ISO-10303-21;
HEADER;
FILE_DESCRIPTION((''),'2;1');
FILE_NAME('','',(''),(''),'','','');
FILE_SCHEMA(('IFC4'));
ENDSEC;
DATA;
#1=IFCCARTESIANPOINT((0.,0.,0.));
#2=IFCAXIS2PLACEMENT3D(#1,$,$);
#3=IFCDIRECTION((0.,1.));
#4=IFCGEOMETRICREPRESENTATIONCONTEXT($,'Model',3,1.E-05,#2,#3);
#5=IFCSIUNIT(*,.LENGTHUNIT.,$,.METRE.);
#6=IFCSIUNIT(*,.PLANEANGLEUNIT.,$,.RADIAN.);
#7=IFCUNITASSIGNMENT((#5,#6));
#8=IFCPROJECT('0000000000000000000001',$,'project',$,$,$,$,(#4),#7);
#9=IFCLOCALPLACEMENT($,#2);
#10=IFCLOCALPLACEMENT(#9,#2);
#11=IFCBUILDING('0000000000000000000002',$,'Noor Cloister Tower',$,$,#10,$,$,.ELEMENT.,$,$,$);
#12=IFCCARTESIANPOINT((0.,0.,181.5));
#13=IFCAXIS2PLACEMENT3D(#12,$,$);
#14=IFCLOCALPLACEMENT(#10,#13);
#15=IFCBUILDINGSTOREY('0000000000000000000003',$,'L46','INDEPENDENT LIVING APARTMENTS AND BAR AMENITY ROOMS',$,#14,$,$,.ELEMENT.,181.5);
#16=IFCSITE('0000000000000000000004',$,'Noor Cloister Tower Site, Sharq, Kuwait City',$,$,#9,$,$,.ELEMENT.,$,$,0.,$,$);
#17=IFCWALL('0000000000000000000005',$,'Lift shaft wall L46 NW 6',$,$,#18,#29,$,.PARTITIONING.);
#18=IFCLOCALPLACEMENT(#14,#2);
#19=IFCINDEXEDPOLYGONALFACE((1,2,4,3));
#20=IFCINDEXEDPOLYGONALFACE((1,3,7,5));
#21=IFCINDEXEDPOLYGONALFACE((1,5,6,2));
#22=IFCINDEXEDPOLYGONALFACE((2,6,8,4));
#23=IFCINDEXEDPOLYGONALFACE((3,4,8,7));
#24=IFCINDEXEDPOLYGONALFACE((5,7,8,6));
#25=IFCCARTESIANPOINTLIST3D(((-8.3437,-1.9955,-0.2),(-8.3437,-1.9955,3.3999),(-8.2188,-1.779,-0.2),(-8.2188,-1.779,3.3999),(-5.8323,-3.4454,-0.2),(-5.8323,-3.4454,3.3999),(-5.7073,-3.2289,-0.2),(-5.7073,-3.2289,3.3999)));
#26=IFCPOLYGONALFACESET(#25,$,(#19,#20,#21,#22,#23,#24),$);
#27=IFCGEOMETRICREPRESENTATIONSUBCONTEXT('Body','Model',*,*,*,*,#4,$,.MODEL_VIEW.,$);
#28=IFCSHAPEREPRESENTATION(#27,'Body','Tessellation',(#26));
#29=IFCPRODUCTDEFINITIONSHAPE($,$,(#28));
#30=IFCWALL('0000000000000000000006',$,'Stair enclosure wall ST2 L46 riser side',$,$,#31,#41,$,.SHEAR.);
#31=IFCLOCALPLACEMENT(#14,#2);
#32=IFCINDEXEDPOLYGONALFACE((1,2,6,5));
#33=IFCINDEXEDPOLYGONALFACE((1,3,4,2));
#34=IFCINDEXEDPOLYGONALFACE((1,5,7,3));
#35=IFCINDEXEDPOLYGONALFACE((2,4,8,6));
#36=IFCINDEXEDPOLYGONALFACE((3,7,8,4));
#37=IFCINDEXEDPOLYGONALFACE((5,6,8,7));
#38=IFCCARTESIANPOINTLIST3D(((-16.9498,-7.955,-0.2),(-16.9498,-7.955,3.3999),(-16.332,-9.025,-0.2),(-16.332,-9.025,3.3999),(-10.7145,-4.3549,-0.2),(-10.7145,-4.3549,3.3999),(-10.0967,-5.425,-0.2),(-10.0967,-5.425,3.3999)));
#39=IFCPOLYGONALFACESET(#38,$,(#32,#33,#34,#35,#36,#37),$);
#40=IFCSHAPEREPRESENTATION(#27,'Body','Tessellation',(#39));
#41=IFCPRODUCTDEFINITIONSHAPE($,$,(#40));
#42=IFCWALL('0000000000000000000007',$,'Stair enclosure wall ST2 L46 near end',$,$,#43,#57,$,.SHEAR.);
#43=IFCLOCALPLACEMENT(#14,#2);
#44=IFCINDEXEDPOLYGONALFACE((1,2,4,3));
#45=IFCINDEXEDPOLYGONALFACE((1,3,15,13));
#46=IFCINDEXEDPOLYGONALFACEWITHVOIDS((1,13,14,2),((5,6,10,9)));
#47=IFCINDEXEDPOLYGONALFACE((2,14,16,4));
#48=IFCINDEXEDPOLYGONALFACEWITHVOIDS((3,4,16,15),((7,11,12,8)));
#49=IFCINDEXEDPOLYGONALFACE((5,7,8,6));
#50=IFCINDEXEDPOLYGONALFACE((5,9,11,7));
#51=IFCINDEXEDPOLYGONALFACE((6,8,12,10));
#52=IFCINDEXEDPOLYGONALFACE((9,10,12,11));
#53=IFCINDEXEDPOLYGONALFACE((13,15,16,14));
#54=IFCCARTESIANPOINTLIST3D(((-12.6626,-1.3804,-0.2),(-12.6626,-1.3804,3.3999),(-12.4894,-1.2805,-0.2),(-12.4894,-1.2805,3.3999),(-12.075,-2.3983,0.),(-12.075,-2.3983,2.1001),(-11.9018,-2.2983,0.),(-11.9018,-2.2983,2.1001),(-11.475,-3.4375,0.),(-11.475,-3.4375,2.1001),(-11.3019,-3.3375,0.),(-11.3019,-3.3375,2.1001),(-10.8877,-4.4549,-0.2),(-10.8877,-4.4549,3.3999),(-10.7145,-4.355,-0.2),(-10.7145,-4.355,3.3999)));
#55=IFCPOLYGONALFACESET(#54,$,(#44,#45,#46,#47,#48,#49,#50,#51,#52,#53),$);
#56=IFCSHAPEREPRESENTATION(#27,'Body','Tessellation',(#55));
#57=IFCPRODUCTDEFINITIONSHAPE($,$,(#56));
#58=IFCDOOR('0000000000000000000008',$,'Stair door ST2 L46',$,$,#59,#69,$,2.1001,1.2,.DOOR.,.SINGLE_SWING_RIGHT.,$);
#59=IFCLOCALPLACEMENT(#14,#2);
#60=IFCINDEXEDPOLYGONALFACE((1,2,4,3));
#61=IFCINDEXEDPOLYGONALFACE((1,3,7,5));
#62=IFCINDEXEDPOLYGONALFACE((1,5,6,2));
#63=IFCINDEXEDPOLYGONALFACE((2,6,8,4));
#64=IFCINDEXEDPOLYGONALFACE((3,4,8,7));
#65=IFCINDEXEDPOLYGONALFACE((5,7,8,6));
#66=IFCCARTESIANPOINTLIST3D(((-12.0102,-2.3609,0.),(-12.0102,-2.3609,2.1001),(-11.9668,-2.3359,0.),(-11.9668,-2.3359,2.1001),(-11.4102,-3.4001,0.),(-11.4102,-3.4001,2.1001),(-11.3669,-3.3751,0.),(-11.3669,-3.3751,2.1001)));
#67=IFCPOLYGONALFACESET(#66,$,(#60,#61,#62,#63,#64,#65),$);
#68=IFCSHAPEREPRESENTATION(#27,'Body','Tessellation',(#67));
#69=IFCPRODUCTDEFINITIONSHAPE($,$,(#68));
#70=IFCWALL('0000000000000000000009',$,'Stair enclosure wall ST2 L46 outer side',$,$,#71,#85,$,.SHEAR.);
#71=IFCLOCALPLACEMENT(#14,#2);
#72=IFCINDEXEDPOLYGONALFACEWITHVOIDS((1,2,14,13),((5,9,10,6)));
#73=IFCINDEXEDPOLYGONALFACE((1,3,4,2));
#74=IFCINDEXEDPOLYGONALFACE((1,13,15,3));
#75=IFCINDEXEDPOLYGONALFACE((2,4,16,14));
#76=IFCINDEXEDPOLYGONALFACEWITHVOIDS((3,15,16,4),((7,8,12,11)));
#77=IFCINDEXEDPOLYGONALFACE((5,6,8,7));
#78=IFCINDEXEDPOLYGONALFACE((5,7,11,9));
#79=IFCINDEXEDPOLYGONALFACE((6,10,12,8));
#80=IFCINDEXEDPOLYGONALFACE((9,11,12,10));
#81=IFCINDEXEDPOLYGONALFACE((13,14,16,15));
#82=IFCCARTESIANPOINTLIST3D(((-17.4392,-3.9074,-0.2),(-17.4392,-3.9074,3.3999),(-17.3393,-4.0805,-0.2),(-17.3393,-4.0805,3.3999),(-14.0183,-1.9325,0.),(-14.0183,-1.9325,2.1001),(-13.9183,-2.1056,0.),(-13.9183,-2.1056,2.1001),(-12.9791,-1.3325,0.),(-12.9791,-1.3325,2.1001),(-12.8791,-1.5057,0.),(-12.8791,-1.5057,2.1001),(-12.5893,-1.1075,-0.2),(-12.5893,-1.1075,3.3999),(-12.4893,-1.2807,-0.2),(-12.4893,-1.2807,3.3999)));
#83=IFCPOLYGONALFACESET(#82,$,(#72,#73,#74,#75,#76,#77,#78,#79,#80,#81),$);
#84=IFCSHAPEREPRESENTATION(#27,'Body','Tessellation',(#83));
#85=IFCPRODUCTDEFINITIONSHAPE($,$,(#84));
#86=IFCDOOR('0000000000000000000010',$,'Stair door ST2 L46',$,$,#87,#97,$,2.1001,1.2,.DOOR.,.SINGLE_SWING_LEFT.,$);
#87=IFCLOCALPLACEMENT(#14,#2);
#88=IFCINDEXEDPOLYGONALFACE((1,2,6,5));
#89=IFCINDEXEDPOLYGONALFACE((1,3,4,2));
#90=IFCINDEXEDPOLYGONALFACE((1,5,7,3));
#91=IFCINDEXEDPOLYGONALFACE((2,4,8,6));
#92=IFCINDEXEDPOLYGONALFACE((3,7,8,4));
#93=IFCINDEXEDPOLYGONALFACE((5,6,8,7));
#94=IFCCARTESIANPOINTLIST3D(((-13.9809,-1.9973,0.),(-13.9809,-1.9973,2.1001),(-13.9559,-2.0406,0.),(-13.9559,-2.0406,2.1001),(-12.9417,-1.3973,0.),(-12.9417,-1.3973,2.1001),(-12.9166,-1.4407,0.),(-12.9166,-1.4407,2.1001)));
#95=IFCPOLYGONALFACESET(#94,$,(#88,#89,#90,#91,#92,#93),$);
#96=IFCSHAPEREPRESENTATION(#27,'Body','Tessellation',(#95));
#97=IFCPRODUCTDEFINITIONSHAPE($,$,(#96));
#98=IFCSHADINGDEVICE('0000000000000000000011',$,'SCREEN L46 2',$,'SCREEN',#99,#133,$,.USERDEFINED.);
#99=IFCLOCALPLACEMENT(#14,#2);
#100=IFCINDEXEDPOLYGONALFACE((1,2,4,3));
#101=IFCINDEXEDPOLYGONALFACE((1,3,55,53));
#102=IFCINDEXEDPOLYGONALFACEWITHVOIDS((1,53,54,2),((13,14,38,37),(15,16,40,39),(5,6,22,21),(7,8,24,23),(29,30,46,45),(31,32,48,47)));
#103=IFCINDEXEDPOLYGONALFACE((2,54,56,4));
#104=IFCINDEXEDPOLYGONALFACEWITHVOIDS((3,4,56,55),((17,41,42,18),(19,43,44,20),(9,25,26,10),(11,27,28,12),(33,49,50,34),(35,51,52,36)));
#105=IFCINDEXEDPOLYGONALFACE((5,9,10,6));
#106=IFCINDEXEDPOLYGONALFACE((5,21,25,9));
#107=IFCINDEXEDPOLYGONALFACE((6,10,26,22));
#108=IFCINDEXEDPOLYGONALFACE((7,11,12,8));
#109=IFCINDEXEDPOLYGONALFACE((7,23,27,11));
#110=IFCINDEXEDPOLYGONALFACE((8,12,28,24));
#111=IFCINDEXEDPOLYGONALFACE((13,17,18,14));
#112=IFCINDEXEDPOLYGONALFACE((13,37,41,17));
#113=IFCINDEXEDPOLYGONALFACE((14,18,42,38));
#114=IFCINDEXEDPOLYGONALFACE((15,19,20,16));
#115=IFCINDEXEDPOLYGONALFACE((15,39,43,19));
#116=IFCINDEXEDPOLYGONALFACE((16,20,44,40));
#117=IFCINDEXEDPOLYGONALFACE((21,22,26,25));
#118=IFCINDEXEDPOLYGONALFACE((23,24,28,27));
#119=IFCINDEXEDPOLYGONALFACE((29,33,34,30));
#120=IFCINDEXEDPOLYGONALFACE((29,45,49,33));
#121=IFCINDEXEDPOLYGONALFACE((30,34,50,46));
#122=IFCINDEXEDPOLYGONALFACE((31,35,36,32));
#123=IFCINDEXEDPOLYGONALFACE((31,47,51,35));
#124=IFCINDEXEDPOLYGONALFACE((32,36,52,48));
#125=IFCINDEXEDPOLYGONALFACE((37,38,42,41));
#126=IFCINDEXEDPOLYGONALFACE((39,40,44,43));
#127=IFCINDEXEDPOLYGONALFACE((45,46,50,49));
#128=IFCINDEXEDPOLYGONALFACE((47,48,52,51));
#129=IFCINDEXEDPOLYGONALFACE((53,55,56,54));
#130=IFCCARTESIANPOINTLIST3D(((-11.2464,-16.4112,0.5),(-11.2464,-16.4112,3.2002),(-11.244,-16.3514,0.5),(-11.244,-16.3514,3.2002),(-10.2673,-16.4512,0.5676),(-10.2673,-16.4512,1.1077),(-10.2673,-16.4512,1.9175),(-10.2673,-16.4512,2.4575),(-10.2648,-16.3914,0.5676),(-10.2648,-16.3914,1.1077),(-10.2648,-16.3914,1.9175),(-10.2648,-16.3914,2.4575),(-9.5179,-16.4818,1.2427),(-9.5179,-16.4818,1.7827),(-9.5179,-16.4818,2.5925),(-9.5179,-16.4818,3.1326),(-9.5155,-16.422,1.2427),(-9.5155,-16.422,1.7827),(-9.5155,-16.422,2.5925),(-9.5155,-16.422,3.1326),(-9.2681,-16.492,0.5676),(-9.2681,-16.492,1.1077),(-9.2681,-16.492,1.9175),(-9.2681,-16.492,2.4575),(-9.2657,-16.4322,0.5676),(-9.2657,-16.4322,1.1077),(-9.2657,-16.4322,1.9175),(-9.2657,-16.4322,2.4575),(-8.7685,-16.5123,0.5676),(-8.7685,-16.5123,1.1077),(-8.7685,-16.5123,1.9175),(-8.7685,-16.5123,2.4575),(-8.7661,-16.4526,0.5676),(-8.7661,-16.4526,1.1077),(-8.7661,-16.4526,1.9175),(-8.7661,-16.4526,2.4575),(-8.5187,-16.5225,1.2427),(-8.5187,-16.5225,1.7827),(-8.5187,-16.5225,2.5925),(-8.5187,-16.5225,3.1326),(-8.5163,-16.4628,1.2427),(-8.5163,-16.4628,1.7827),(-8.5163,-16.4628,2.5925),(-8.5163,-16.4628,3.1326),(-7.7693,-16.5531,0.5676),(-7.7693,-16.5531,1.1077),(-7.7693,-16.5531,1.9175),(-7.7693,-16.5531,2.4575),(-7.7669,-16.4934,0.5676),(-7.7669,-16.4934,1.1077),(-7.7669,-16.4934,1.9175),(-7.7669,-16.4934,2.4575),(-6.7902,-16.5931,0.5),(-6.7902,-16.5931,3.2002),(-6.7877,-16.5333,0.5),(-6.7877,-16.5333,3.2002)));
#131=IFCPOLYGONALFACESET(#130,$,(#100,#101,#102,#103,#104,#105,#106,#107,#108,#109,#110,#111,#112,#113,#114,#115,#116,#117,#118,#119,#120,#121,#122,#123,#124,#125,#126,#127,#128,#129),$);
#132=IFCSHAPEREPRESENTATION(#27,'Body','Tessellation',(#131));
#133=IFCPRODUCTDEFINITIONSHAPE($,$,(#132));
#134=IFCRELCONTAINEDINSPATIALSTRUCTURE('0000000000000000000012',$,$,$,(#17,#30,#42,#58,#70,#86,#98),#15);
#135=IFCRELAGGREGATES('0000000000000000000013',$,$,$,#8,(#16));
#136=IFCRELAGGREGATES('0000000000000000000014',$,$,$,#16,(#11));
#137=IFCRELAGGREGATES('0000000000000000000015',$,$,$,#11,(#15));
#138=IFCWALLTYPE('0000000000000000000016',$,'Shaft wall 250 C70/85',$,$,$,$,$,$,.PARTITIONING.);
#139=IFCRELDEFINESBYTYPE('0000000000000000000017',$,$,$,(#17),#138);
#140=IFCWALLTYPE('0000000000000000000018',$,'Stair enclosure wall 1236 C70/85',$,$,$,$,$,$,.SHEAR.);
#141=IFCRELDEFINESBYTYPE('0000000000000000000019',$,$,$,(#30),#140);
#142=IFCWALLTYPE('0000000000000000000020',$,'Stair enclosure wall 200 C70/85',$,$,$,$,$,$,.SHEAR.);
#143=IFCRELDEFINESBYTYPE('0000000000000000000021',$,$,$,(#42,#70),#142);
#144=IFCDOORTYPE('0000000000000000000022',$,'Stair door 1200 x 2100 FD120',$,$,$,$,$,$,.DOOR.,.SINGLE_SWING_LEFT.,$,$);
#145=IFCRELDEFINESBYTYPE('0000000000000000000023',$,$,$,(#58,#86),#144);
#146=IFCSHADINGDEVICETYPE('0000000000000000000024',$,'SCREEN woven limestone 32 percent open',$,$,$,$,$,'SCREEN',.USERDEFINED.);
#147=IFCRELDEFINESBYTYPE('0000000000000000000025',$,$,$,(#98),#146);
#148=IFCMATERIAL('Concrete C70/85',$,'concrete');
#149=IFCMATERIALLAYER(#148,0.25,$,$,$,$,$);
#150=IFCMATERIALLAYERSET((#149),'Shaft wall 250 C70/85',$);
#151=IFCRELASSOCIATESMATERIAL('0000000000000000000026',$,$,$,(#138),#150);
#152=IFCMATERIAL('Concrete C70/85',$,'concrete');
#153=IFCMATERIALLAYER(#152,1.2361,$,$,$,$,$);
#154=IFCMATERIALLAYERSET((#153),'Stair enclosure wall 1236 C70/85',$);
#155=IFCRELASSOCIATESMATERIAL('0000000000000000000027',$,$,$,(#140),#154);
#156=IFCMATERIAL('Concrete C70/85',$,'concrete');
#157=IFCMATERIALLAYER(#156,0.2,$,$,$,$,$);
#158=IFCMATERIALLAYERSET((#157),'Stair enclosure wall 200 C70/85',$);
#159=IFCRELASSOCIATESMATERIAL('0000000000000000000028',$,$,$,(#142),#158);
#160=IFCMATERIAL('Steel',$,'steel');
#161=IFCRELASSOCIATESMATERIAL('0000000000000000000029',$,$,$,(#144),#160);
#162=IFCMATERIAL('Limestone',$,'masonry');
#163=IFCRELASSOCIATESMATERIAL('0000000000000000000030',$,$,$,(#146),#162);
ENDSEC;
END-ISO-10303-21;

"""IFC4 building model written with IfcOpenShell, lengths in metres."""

from ifc_helpers import new_model, si_unit, direction, frame, frame_2d, origin, place, context, subcontext, project, spatial, polyline, rectangle, outline, extrude, material, layer, layer_set, material_profile, profile_set, type_object, element, fill, save


model = new_model("IFC4")

# Units and contexts
model_context = context("Model", 3, precision=1e-05, world=origin(), true_north=direction((0.0, 1.0)))
body_context = subcontext(model_context, "Body", "Model", "MODEL_VIEW")
ifc_project = project(units=[si_unit("LENGTHUNIT", "METRE"), si_unit("PLANEANGLEUNIT", "RADIAN")], contexts=[model_context])

# Site, building, storey
site_placement = place(None, origin())
site = spatial("IfcSite", under=ifc_project, at=site_placement, Name="Noor Cloister Tower Site, Sharq, Kuwait City", CompositionType="ELEMENT", RefElevation=0.0)
building_placement = place(site_placement, origin())
building = spatial("IfcBuilding", under=site, at=building_placement, Name="Noor Cloister Tower", CompositionType="ELEMENT")
storey_placement = place(building_placement, frame((0.0, 0.0, 181.5)))
storey = spatial("IfcBuildingStorey", under=building, at=storey_placement, Name="L46", Description="INDEPENDENT LIVING APARTMENTS AND BAR AMENITY ROOMS", CompositionType="ELEMENT", Elevation=181.5)

# Walls
ifc_material_1 = material(Name="Concrete C70/85", Category="concrete")
ifc_layer_1 = layer(ifc_material_1, 0.25)
ifc_layer_set_1 = layer_set([ifc_layer_1], Name="Shaft wall 250 C70/85")
wall_type_1 = type_object("IfcWallType", Name="Shaft wall 250 C70/85", PredefinedType="PARTITIONING", material=ifc_layer_set_1)
wall_1_placement = place(storey_placement, frame((-8.2812, -1.8872, -0.2), z_axis=(0.0, 0.0, 1.0), x_axis=(0.866033, -0.499987, 0.0)))
element("IfcWall", 1, at=wall_1_placement, inside=storey, type_object=wall_type_1, Name="Lift shaft wall L46 NW 6", PredefinedType="PARTITIONING", context=body_context, shape_type="SweptSolid", body=[
    extrude(rectangle(XDim=2.8999, YDim=0.25, at=frame_2d((1.45, 0.0))), origin(), (0.0, 0.0, 1.0), 3.5999),
])
ifc_material_2 = material(Name="Concrete C70/85", Category="concrete")
ifc_layer_2 = layer(ifc_material_2, 1.2361)
ifc_layer_set_2 = layer_set([ifc_layer_2], Name="Stair enclosure wall 1236 C70/85")
wall_type_2 = type_object("IfcWallType", Name="Stair enclosure wall 1236 C70/85", PredefinedType="SHEAR", material=ifc_layer_set_2)
wall_2_placement = place(storey_placement, frame((-10.4055, -4.8899, -0.2), z_axis=(0.0, 0.0, 1.0), x_axis=(-0.866018, -0.500012, 0.0)))
element("IfcWall", 2, at=wall_2_placement, inside=storey, type_object=wall_type_2, Name="Stair enclosure wall ST2 L46 riser side", PredefinedType="SHEAR", context=body_context, shape_type="SweptSolid", body=[
    extrude(rectangle(XDim=7.2, YDim=1.2356, at=frame_2d((3.6001, 0.0))), origin(), (0.0, 0.0, 1.0), 3.5999),
])

# Walls, openings, doors
ifc_material_3 = material(Name="Concrete C70/85", Category="concrete")
ifc_layer_3 = layer(ifc_material_3, 0.2)
ifc_layer_set_3 = layer_set([ifc_layer_3], Name="Stair enclosure wall 200 C70/85")
wall_type_3 = type_object("IfcWallType", Name="Stair enclosure wall 200 C70/85", PredefinedType="SHEAR", material=ifc_layer_set_3)
wall_3_placement = place(storey_placement, frame((-12.5759, -1.3306, -0.2), z_axis=(0.0, 0.0, 1.0), x_axis=(0.49997, -0.866042, 0.0)))
wall_3 = element("IfcWall", 3, at=wall_3_placement, inside=storey, type_object=wall_type_3, Name="Stair enclosure wall ST2 L46 near end", PredefinedType="SHEAR", context=body_context, shape_type="SweptSolid", body=[
    extrude(rectangle(XDim=3.55, YDim=0.2, at=frame_2d((1.7749, 0.0))), origin(), (0.0, 0.0, 1.0), 3.5999),
])
opening_1_placement = place(wall_3_placement, frame((1.175, 0.0, 0.2)))
opening_1 = element("IfcOpeningElement", 4, at=opening_1_placement, cuts=wall_3, PredefinedType="OPENING", context=body_context, shape_type="SweptSolid", body=[
    extrude(rectangle(XDim=1.2, YDim=2.1001, at=frame_2d((0.6001, 1.05))), frame((0.0, 0.1099, 0.0), z_axis=(0.0, -1.0, 0.0), x_axis=(1.0, 0.0, 0.0)), (0.0, 0.0, 1.0), 0.22),
])
ifc_material_4 = material(Name="Steel", Category="steel")
door_type_1 = type_object("IfcDoorType", Name="Stair door 1200 x 2100 FD120", OperationType="SINGLE_SWING_LEFT", PredefinedType="DOOR", material=ifc_material_4)
door_1_placement = place(opening_1_placement, origin())
door_1 = element("IfcDoor", 5, at=door_1_placement, inside=storey, type_object=door_type_1, Name="Stair door ST2 L46", OperationType="SINGLE_SWING_RIGHT", OverallHeight=2.1001, OverallWidth=1.2, PredefinedType="DOOR", context=body_context, shape_type="SweptSolid", body=[
    extrude(rectangle(XDim=1.2, YDim=2.1001, at=frame_2d((0.6001, 1.05))), frame((0.0, 0.0249, 0.0), z_axis=(0.0, -1.0, 0.0), x_axis=(1.0, 0.0, 0.0)), (0.0, 0.0, 1.0), 0.05),
])
fill(opening_1, door_1)
wall_4_placement = place(storey_placement, frame((-12.5393, -1.1941, -0.2), z_axis=(0.0, 0.0, 1.0), x_axis=(-0.866045, -0.499965, 0.0)))
wall_4 = element("IfcWall", 6, at=wall_4_placement, inside=storey, type_object=wall_type_3, Name="Stair enclosure wall ST2 L46 outer side", PredefinedType="SHEAR", context=body_context, shape_type="SweptSolid", body=[
    extrude(rectangle(XDim=5.6001, YDim=0.2, at=frame_2d((2.8, 0.0))), origin(), (0.0, 0.0, 1.0), 3.5999),
])
opening_2_placement = place(wall_4_placement, frame((0.45, 0.0, 0.2)))
opening_2 = element("IfcOpeningElement", 7, at=opening_2_placement, cuts=wall_4, PredefinedType="OPENING", context=body_context, shape_type="SweptSolid", body=[
    extrude(rectangle(XDim=1.2, YDim=2.1001, at=frame_2d((0.6001, 1.05))), frame((0.0, 0.1099, 0.0), z_axis=(0.0, -1.0, 0.0), x_axis=(1.0, 0.0, 0.0)), (0.0, 0.0, 1.0), 0.22),
])
door_2_placement = place(opening_2_placement, origin())
door_2 = element("IfcDoor", 8, at=door_2_placement, inside=storey, type_object=door_type_1, Name="Stair door ST2 L46", OperationType="SINGLE_SWING_LEFT", OverallHeight=2.1001, OverallWidth=1.2, PredefinedType="DOOR", context=body_context, shape_type="SweptSolid", body=[
    extrude(rectangle(XDim=1.2, YDim=2.1001, at=frame_2d((0.6001, 1.05))), frame((0.0, 0.0249, 0.0), z_axis=(0.0, -1.0, 0.0), x_axis=(1.0, 0.0, 0.0)), (0.0, 0.0, 1.0), 0.05),
])
fill(opening_2, door_2)

# Shading device
ifc_material_5 = material(Name="Limestone", Category="masonry")
ifc_material_profile_1 = material_profile(ifc_material_5, outline(polyline([(-2.23, -1.3501), (2.23, -1.3501), (2.23, 1.3501), (-2.23, 1.3501), (-2.23, -1.3501)]), holes=[polyline([(-1.25, -1.2825), (-0.25, -1.2825), (-0.25, -0.7424), (-1.25, -0.7424), (-1.25, -1.2825)]), polyline([(0.25, -1.2825), (1.25, -1.2825), (1.25, -0.7424), (0.25, -0.7424), (0.25, -1.2825)]), polyline([(-0.5, -0.6074), (0.5, -0.6074), (0.5, -0.0674), (-0.5, -0.0674), (-0.5, -0.6074)]), polyline([(-1.25, 0.0674), (-0.25, 0.0674), (-0.25, 0.6074), (-1.25, 0.6074), (-1.25, 0.0674)]), polyline([(0.25, 0.0674), (1.25, 0.0674), (1.25, 0.6074), (0.25, 0.6074), (0.25, 0.0674)]), polyline([(-0.5, 0.7424), (0.5, 0.7424), (0.5, 1.2825), (-0.5, 1.2825), (-0.5, 0.7424)])]), Name="Woven screen 32 percent open")
ifc_profile_set_1 = profile_set([ifc_material_profile_1], Name="Limestone")
shading_device_type = type_object("IfcShadingDeviceType", Name="SCREEN woven limestone 32 percent open", ElementType="SCREEN", PredefinedType="USERDEFINED", material=ifc_profile_set_1)
shading_device_placement = place(storey_placement, frame((-9.0159, -16.4424, 1.8501), z_axis=(-0.040782, -0.999168, 0.0), x_axis=(0.999168, -0.040782, 0.0)))
element("IfcShadingDevice", 9, at=shading_device_placement, inside=storey, type_object=shading_device_type, Name="SCREEN L46 2", ObjectType="SCREEN", PredefinedType="USERDEFINED", context=body_context, shape_type="SweptSolid", body=[
    extrude(outline(polyline([(-2.23, -1.3501), (2.23, -1.3501), (2.23, 1.3501), (-2.23, 1.3501), (-2.23, -1.3501)]), holes=[polyline([(-1.25, -1.2825), (-0.25, -1.2825), (-0.25, -0.7424), (-1.25, -0.7424), (-1.25, -1.2825)]), polyline([(0.25, -1.2825), (1.25, -1.2825), (1.25, -0.7424), (0.25, -0.7424), (0.25, -1.2825)]), polyline([(-0.5, -0.6074), (0.5, -0.6074), (0.5, -0.0674), (-0.5, -0.0674), (-0.5, -0.6074)]), polyline([(-1.25, 0.0674), (-0.25, 0.0674), (-0.25, 0.6074), (-1.25, 0.6074), (-1.25, 0.0674)]), polyline([(0.25, 0.0674), (1.25, 0.0674), (1.25, 0.6074), (0.25, 0.6074), (0.25, 0.0674)]), polyline([(-0.5, 0.7424), (0.5, 0.7424), (0.5, 1.2825), (-0.5, 1.2825), (-0.5, 0.7424)])]), origin(), (0.0, 0.0, 1.0), 0.0598),
])

save(model, "model.ifc")
